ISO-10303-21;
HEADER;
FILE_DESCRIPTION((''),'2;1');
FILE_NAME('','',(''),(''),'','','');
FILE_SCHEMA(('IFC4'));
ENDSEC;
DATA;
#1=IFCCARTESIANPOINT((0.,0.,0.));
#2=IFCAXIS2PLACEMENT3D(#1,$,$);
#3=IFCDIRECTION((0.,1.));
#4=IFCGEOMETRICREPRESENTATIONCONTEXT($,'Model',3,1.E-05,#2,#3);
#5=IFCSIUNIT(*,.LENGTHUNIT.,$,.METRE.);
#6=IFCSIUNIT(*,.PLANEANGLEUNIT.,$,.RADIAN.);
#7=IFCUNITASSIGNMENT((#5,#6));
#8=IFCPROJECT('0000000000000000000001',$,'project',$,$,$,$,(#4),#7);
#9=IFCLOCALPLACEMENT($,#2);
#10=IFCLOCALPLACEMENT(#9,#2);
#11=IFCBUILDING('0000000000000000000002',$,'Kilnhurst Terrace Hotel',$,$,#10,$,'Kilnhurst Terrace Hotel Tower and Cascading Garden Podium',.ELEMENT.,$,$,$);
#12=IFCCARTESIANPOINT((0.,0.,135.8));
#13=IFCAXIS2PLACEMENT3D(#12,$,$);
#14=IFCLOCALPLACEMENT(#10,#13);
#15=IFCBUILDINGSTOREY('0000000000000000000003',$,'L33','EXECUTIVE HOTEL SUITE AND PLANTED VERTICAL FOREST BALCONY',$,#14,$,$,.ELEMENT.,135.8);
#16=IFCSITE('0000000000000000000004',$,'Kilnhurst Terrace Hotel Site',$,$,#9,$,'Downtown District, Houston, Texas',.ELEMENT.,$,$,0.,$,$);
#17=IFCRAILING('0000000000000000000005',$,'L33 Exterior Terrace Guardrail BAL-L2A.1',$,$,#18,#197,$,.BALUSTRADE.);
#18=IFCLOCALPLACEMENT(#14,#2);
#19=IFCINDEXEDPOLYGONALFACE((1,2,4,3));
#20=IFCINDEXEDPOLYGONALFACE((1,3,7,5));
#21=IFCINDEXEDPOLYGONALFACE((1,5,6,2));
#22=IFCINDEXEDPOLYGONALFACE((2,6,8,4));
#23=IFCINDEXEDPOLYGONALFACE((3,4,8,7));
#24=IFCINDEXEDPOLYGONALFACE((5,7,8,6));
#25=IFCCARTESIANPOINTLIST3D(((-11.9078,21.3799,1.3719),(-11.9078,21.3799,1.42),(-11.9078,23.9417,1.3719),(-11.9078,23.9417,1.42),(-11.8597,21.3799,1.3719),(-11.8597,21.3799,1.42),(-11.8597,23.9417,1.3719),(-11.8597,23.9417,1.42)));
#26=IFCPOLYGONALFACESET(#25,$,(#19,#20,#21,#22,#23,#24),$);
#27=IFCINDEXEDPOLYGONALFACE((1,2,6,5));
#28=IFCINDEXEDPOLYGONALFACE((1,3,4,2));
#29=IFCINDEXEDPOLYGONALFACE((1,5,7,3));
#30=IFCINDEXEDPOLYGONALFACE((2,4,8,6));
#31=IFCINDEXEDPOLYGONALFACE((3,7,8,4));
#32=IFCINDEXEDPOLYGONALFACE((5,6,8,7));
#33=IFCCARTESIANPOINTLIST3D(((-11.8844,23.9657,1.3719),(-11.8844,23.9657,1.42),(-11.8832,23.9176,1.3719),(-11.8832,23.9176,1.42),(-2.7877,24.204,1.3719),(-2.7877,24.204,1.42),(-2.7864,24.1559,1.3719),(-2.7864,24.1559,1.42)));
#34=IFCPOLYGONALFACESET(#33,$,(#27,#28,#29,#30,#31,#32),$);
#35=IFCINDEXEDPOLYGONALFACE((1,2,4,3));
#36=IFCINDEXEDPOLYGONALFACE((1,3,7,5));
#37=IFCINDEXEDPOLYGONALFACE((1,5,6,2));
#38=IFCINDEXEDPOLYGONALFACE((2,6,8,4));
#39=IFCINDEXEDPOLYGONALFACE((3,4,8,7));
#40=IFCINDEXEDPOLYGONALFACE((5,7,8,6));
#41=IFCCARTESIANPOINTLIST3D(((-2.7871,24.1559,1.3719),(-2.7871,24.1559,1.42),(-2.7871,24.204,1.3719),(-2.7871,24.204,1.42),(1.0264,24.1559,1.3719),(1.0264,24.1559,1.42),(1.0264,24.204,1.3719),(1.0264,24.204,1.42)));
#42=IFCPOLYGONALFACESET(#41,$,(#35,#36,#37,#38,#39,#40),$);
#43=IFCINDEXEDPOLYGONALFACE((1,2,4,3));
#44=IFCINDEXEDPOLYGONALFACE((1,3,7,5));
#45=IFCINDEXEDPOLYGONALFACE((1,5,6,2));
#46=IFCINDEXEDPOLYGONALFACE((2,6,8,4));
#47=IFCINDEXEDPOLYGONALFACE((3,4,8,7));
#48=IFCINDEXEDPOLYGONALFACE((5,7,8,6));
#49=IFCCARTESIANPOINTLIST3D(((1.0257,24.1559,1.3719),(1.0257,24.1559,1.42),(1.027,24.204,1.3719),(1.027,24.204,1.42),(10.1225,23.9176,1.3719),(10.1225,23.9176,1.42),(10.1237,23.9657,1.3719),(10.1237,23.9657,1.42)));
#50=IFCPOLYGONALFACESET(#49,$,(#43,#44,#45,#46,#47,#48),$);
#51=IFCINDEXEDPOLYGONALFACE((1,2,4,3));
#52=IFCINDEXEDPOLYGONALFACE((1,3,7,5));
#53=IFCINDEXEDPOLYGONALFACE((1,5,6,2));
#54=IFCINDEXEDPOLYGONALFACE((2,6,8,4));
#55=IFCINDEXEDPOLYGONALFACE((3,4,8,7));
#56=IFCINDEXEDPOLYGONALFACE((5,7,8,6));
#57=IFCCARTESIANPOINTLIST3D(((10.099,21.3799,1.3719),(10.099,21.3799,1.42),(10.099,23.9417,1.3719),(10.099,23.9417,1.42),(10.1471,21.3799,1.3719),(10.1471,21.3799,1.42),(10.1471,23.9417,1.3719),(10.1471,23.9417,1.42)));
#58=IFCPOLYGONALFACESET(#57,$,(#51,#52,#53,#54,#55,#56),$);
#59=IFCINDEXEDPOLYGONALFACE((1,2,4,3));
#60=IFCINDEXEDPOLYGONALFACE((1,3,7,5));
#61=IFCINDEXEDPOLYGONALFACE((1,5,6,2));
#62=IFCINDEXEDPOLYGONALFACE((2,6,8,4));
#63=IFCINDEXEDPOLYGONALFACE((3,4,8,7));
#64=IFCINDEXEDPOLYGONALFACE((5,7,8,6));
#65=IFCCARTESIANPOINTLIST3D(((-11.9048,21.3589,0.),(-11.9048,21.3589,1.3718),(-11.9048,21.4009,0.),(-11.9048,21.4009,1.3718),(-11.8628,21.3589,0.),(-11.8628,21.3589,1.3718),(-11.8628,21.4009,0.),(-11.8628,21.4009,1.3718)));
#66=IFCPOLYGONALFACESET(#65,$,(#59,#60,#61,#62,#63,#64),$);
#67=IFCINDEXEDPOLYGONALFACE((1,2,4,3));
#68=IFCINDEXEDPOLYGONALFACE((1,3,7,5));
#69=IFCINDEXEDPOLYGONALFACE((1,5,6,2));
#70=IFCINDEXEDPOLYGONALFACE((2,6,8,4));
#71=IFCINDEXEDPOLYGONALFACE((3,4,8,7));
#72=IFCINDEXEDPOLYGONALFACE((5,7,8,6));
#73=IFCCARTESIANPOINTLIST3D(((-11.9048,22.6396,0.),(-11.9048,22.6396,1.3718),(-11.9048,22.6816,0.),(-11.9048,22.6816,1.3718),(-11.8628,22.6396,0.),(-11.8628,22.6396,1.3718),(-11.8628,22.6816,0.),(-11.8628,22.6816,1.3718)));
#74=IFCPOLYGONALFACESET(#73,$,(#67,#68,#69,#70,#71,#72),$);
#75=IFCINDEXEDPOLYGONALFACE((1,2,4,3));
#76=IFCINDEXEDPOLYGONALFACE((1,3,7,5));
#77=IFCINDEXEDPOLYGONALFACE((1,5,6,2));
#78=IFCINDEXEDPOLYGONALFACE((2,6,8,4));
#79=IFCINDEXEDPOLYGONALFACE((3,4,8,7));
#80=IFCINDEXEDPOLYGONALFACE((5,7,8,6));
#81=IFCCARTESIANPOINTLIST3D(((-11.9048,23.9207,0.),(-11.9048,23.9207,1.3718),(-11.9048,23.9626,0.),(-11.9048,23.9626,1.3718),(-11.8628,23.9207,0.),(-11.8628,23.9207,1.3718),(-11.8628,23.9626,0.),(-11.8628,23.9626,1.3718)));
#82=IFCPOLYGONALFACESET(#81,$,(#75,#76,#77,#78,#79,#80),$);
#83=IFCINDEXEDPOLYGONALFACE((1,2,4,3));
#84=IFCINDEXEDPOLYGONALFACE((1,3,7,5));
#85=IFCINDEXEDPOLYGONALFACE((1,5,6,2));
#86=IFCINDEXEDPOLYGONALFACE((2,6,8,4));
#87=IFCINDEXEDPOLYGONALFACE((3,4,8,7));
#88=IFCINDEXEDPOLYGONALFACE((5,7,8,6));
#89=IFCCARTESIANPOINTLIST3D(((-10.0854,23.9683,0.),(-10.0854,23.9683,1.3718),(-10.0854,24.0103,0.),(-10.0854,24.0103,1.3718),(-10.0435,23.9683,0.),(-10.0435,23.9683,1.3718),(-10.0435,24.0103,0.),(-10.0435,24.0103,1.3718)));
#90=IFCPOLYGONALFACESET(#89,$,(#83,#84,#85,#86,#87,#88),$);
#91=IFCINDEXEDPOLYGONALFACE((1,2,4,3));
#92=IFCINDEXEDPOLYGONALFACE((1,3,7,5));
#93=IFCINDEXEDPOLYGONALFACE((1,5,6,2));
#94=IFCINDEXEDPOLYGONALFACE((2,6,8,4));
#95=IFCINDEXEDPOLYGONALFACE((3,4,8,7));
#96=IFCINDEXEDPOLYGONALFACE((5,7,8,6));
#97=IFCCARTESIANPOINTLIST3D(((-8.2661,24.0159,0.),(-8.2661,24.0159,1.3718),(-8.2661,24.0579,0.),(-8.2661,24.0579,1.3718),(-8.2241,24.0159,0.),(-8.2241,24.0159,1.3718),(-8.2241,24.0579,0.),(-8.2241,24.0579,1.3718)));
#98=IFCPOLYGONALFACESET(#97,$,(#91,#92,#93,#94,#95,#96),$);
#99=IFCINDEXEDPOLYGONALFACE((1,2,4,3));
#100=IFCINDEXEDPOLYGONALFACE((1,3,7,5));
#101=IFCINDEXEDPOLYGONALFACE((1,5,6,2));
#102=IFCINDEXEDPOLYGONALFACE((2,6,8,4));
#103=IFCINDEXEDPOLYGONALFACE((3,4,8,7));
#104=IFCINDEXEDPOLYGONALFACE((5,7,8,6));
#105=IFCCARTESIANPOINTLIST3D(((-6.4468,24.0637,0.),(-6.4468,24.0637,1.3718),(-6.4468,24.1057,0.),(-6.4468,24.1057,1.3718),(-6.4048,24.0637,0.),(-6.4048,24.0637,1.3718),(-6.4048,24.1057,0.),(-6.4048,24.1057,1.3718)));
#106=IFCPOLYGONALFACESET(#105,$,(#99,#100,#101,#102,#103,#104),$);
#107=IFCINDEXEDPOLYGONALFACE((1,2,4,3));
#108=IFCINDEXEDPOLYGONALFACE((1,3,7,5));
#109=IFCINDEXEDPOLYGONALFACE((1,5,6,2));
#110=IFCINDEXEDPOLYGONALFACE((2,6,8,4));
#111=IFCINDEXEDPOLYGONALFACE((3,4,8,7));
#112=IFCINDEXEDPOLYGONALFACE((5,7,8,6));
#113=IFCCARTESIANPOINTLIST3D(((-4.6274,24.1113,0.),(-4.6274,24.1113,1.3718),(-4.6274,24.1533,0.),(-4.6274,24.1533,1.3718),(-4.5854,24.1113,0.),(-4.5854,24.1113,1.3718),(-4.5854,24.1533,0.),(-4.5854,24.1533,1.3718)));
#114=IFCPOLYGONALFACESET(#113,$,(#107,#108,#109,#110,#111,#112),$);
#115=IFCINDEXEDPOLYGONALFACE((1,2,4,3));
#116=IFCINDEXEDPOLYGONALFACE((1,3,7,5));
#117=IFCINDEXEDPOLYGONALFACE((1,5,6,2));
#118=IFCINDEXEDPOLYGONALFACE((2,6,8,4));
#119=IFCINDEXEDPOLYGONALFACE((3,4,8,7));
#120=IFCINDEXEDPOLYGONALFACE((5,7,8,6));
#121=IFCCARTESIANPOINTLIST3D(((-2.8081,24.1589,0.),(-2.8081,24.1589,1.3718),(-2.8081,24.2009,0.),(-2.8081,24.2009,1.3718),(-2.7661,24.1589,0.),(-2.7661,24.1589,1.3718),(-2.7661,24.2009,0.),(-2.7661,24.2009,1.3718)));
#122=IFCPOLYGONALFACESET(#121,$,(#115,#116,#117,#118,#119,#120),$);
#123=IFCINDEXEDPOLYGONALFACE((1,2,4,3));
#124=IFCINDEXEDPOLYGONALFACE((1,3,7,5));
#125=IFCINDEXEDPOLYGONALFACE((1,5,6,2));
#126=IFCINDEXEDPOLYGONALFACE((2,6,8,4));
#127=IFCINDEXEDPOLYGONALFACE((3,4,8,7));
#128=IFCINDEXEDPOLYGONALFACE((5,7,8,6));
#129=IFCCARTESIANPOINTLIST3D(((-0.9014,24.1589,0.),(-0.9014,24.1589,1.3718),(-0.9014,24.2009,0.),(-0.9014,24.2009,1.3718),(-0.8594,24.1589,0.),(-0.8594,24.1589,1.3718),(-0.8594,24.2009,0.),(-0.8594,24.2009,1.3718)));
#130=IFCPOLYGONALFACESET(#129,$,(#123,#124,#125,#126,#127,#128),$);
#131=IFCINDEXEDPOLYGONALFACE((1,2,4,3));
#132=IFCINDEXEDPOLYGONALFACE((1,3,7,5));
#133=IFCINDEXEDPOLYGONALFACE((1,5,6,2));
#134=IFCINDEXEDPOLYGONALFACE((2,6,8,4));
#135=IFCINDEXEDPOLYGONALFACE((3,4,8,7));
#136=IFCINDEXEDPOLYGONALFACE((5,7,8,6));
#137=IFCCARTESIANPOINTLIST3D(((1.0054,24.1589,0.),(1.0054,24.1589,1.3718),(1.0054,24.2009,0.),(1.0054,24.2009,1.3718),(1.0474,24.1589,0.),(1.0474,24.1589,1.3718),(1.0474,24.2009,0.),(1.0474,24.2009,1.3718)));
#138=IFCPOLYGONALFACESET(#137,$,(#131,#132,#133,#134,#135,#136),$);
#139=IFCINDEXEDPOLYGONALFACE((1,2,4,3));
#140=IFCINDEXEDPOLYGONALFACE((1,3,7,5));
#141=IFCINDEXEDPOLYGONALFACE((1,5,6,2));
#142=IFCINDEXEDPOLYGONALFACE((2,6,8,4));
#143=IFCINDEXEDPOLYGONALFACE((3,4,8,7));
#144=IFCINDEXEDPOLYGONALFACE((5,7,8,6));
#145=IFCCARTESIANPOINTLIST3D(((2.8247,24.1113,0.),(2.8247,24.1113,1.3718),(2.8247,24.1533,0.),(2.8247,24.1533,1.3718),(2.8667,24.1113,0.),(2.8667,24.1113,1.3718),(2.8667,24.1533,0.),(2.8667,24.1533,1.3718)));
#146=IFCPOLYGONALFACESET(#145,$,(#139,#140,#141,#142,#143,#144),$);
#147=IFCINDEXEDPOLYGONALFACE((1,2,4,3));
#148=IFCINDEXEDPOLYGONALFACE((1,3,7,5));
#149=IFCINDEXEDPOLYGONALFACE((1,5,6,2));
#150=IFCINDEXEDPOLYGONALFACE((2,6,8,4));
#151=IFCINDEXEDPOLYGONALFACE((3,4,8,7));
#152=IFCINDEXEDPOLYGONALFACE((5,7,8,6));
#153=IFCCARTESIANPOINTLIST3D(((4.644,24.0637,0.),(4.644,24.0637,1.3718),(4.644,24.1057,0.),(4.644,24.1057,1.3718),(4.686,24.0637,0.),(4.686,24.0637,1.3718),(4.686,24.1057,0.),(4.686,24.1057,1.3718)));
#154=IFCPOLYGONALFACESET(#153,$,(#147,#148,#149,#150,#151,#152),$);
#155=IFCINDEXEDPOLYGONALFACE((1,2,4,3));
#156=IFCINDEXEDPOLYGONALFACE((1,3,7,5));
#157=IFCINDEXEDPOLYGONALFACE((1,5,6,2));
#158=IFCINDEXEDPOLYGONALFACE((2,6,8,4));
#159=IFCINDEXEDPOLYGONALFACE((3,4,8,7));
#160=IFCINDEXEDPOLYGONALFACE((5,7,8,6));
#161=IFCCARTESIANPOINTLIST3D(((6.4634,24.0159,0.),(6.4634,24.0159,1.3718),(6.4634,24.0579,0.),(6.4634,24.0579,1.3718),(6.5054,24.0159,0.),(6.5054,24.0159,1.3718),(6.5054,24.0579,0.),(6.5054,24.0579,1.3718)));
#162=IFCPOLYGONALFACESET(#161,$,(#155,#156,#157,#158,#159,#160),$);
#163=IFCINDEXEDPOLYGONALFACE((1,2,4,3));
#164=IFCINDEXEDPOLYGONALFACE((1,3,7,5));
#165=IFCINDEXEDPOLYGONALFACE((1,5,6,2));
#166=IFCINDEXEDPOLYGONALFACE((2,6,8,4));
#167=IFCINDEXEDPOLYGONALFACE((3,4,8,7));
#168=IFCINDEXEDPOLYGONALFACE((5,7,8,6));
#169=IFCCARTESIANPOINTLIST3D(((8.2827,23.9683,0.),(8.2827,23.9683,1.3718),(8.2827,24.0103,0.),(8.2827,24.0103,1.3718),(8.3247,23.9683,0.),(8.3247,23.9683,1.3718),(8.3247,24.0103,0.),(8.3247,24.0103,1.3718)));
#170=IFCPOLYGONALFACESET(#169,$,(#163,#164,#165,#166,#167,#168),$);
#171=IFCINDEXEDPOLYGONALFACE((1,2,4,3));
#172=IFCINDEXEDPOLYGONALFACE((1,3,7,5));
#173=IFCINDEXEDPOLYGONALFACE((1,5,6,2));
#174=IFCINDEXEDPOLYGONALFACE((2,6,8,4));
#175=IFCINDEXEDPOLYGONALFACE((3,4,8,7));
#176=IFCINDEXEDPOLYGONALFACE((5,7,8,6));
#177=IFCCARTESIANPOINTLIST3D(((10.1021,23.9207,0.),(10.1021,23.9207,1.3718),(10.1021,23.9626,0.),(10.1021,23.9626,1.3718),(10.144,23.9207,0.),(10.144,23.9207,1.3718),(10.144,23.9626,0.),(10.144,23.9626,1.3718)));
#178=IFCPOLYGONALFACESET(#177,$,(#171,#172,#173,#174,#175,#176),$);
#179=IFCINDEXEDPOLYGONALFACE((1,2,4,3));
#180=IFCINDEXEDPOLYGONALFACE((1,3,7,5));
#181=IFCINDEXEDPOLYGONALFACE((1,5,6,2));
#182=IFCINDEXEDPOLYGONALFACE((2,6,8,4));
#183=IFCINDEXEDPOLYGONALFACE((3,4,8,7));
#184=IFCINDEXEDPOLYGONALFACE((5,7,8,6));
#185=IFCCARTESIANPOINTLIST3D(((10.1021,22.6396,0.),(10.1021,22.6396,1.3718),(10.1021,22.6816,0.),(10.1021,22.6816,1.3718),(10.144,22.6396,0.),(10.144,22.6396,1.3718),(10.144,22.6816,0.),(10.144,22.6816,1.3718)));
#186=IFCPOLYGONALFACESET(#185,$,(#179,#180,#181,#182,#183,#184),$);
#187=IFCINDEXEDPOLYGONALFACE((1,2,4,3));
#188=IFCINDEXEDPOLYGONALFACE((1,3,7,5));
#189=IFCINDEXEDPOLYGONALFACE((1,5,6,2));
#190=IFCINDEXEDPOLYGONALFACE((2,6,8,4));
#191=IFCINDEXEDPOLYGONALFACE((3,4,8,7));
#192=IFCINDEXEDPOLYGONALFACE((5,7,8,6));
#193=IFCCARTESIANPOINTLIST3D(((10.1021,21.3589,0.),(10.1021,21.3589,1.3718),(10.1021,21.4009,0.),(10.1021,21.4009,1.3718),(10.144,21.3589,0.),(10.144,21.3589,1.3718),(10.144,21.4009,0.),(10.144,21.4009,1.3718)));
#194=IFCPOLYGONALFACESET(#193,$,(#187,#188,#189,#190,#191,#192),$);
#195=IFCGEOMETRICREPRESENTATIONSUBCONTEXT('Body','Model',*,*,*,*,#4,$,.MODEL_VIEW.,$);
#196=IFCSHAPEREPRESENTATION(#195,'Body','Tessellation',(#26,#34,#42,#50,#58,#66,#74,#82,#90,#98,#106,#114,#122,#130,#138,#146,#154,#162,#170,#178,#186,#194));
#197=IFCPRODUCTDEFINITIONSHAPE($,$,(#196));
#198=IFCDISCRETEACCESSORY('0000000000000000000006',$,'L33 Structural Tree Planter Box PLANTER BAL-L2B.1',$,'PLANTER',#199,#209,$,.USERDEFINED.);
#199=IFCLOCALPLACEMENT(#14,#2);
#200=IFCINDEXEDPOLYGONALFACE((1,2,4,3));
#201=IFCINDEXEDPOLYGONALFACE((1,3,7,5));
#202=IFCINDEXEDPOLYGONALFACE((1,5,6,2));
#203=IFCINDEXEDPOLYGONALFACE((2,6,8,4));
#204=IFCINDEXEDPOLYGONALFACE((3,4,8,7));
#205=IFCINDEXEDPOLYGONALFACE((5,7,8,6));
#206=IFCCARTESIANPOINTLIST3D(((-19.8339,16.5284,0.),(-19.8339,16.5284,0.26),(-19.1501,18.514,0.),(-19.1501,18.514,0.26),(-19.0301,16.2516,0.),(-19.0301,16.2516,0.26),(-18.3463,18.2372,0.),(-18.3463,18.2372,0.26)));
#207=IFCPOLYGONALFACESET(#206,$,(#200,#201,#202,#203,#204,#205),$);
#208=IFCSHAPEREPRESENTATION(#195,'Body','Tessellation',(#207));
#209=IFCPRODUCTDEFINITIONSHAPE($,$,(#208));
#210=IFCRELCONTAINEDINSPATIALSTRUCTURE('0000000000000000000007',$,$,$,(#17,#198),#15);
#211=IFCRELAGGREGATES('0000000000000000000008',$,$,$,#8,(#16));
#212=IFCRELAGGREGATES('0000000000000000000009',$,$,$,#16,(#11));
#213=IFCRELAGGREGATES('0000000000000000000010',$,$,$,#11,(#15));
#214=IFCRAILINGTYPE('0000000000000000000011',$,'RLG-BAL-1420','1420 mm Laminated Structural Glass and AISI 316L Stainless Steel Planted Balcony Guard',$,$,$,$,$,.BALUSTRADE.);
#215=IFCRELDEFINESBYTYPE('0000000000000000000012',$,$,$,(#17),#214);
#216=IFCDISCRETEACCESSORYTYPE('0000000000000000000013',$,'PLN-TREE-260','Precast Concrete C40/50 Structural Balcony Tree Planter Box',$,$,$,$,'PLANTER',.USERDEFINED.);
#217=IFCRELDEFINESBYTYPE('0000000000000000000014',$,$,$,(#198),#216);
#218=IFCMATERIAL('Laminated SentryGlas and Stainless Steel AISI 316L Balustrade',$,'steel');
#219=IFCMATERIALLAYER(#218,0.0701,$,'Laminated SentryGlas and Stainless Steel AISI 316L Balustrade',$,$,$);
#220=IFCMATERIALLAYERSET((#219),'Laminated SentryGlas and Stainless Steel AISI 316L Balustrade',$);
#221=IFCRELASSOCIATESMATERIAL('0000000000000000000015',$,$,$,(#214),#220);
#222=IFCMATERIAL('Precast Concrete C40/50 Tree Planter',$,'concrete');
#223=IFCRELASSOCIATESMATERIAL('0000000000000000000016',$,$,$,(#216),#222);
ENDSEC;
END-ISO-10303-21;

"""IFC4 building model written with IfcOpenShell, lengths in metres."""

from ifc_helpers import new_model, si_unit, direction, frame, origin, origin_2d, place, context, subcontext, project, spatial, rectangle, extrude, material, layer, layer_set, type_object, element, save


model = new_model("IFC4")

# Units and contexts
model_context = context("Model", 3, precision=1e-05, world=origin(), true_north=direction((0.0, 1.0)))
body_context = subcontext(model_context, "Body", "Model", "MODEL_VIEW")
ifc_project = project(units=[si_unit("LENGTHUNIT", "METRE"), si_unit("PLANEANGLEUNIT", "RADIAN")], contexts=[model_context])

# Site, building, storey
site_placement = place(None, origin())
site = spatial("IfcSite", under=ifc_project, at=site_placement, Name="Kilnhurst Terrace Hotel Site", LongName="Downtown District, Houston, Texas", CompositionType="ELEMENT", RefElevation=0.0)
building_placement = place(site_placement, origin())
building = spatial("IfcBuilding", under=site, at=building_placement, Name="Kilnhurst Terrace Hotel", LongName="Kilnhurst Terrace Hotel Tower and Cascading Garden Podium", CompositionType="ELEMENT")
storey_placement = place(building_placement, frame((0.0, 0.0, 135.8)))
storey = spatial("IfcBuildingStorey", under=building, at=storey_placement, Name="L33", Description="EXECUTIVE HOTEL SUITE AND PLANTED VERTICAL FOREST BALCONY", CompositionType="ELEMENT", Elevation=135.8)

# Railing
ifc_material_1 = material(Name="Laminated SentryGlas and Stainless Steel AISI 316L Balustrade", Category="steel")
ifc_layer_1 = layer(ifc_material_1, 0.0701, Name="Laminated SentryGlas and Stainless Steel AISI 316L Balustrade")
ifc_layer_set_1 = layer_set([ifc_layer_1], Name="Laminated SentryGlas and Stainless Steel AISI 316L Balustrade")
railing_type = type_object("IfcRailingType", Name="RLG-BAL-1420", Description="1420 mm Laminated Structural Glass and AISI 316L Stainless Steel Planted Balcony Guard", PredefinedType="BALUSTRADE", material=ifc_layer_set_1)
railing_placement = place(storey_placement, frame((-11.8838, 21.3799, 0.0)))
element("IfcRailing", 1, at=railing_placement, inside=storey, type_object=railing_type, Name="L33 Exterior Terrace Guardrail BAL-L2A.1", PredefinedType="BALUSTRADE", context=body_context, shape_type="SweptSolid", body=[
    extrude(rectangle(XDim=0.0481, YDim=0.0481, at=origin_2d()), frame((0.0, 0.0, 1.396), z_axis=(0.0, 1.0, 0.0), x_axis=(-1.0, 0.0, 0.0)), (0.0, 0.0, 1.0), 2.5618),
    extrude(rectangle(XDim=0.0481, YDim=0.0481, at=origin_2d()), frame((0.0, 2.5618, 1.396), z_axis=(0.999657, 0.026185, 0.0), x_axis=(-0.026185, 0.999657, 0.0)), (0.0, 0.0, 1.0), 9.0999),
    extrude(rectangle(XDim=0.0481, YDim=0.0481, at=origin_2d()), frame((9.0967, 2.8, 1.396), z_axis=(1.0, 0.0, 0.0), x_axis=(0.0, 1.0, 0.0)), (0.0, 0.0, 1.0), 3.8135),
    extrude(rectangle(XDim=0.0481, YDim=0.0481, at=origin_2d()), frame((12.9102, 2.8, 1.396), z_axis=(0.999657, -0.026185, 0.0), x_axis=(0.026185, 0.999657, 0.0)), (0.0, 0.0, 1.0), 9.0999),
    extrude(rectangle(XDim=0.0481, YDim=0.0481, at=origin_2d()), frame((22.0068, 2.5618, 1.396), z_axis=(0.0, -1.0, 0.0), x_axis=(1.0, 0.0, 0.0)), (0.0, 0.0, 1.0), 2.5618),
    extrude(rectangle(XDim=0.042, YDim=0.042, at=origin_2d()), origin(), (0.0, 0.0, 1.0), 1.3718),
    extrude(rectangle(XDim=0.042, YDim=0.042, at=origin_2d()), frame((0.0, 1.2808, 0.0)), (0.0, 0.0, 1.0), 1.3718),
    extrude(rectangle(XDim=0.042, YDim=0.042, at=origin_2d()), frame((0.0, 2.5618, 0.0)), (0.0, 0.0, 1.0), 1.3718),
    extrude(rectangle(XDim=0.042, YDim=0.042, at=origin_2d()), frame((1.8193, 2.6094, 0.0)), (0.0, 0.0, 1.0), 1.3718),
    extrude(rectangle(XDim=0.042, YDim=0.042, at=origin_2d()), frame((3.6387, 2.657, 0.0)), (0.0, 0.0, 1.0), 1.3718),
    extrude(rectangle(XDim=0.042, YDim=0.042, at=origin_2d()), frame((5.458, 2.7048, 0.0)), (0.0, 0.0, 1.0), 1.3718),
    extrude(rectangle(XDim=0.042, YDim=0.042, at=origin_2d()), frame((7.2773, 2.7524, 0.0)), (0.0, 0.0, 1.0), 1.3718),
    extrude(rectangle(XDim=0.042, YDim=0.042, at=origin_2d()), frame((9.0967, 2.8, 0.0)), (0.0, 0.0, 1.0), 1.3718),
    extrude(rectangle(XDim=0.042, YDim=0.042, at=origin_2d()), frame((11.0034, 2.8, 0.0)), (0.0, 0.0, 1.0), 1.3718),
    extrude(rectangle(XDim=0.042, YDim=0.042, at=origin_2d()), frame((12.9102, 2.8, 0.0)), (0.0, 0.0, 1.0), 1.3718),
    extrude(rectangle(XDim=0.042, YDim=0.042, at=origin_2d()), frame((14.7295, 2.7524, 0.0)), (0.0, 0.0, 1.0), 1.3718),
    extrude(rectangle(XDim=0.042, YDim=0.042, at=origin_2d()), frame((16.5488, 2.7048, 0.0)), (0.0, 0.0, 1.0), 1.3718),
    extrude(rectangle(XDim=0.042, YDim=0.042, at=origin_2d()), frame((18.3682, 2.657, 0.0)), (0.0, 0.0, 1.0), 1.3718),
    extrude(rectangle(XDim=0.042, YDim=0.042, at=origin_2d()), frame((20.1875, 2.6094, 0.0)), (0.0, 0.0, 1.0), 1.3718),
    extrude(rectangle(XDim=0.042, YDim=0.042, at=origin_2d()), frame((22.0068, 2.5618, 0.0)), (0.0, 0.0, 1.0), 1.3718),
    extrude(rectangle(XDim=0.042, YDim=0.042, at=origin_2d()), frame((22.0068, 1.2808, 0.0)), (0.0, 0.0, 1.0), 1.3718),
    extrude(rectangle(XDim=0.042, YDim=0.042, at=origin_2d()), frame((22.0068, 0.0, 0.0)), (0.0, 0.0, 1.0), 1.3718),
])

# Discrete accessory
ifc_material_2 = material(Name="Precast Concrete C40/50 Tree Planter", Category="concrete")
discrete_accessory_type = type_object("IfcDiscreteAccessoryType", Name="PLN-TREE-260", Description="Precast Concrete C40/50 Structural Balcony Tree Planter Box", ElementType="PLANTER", PredefinedType="USERDEFINED", material=ifc_material_2)
discrete_accessory_placement = place(storey_placement, frame((-19.0901, 17.3828, 0.0), z_axis=(0.0, 0.0, 1.0), x_axis=(-0.325601, -0.945507, 0.0)))
element("IfcDiscreteAccessory", 2, at=discrete_accessory_placement, inside=storey, type_object=discrete_accessory_type, Name="L33 Structural Tree Planter Box PLANTER BAL-L2B.1", ObjectType="PLANTER", PredefinedType="USERDEFINED", context=body_context, shape_type="SweptSolid", body=[
    extrude(rectangle(XDim=2.1001, YDim=0.8501, at=origin_2d()), origin(), (0.0, 0.0, 1.0), 0.26),
])

save(model, "model.ifc")
